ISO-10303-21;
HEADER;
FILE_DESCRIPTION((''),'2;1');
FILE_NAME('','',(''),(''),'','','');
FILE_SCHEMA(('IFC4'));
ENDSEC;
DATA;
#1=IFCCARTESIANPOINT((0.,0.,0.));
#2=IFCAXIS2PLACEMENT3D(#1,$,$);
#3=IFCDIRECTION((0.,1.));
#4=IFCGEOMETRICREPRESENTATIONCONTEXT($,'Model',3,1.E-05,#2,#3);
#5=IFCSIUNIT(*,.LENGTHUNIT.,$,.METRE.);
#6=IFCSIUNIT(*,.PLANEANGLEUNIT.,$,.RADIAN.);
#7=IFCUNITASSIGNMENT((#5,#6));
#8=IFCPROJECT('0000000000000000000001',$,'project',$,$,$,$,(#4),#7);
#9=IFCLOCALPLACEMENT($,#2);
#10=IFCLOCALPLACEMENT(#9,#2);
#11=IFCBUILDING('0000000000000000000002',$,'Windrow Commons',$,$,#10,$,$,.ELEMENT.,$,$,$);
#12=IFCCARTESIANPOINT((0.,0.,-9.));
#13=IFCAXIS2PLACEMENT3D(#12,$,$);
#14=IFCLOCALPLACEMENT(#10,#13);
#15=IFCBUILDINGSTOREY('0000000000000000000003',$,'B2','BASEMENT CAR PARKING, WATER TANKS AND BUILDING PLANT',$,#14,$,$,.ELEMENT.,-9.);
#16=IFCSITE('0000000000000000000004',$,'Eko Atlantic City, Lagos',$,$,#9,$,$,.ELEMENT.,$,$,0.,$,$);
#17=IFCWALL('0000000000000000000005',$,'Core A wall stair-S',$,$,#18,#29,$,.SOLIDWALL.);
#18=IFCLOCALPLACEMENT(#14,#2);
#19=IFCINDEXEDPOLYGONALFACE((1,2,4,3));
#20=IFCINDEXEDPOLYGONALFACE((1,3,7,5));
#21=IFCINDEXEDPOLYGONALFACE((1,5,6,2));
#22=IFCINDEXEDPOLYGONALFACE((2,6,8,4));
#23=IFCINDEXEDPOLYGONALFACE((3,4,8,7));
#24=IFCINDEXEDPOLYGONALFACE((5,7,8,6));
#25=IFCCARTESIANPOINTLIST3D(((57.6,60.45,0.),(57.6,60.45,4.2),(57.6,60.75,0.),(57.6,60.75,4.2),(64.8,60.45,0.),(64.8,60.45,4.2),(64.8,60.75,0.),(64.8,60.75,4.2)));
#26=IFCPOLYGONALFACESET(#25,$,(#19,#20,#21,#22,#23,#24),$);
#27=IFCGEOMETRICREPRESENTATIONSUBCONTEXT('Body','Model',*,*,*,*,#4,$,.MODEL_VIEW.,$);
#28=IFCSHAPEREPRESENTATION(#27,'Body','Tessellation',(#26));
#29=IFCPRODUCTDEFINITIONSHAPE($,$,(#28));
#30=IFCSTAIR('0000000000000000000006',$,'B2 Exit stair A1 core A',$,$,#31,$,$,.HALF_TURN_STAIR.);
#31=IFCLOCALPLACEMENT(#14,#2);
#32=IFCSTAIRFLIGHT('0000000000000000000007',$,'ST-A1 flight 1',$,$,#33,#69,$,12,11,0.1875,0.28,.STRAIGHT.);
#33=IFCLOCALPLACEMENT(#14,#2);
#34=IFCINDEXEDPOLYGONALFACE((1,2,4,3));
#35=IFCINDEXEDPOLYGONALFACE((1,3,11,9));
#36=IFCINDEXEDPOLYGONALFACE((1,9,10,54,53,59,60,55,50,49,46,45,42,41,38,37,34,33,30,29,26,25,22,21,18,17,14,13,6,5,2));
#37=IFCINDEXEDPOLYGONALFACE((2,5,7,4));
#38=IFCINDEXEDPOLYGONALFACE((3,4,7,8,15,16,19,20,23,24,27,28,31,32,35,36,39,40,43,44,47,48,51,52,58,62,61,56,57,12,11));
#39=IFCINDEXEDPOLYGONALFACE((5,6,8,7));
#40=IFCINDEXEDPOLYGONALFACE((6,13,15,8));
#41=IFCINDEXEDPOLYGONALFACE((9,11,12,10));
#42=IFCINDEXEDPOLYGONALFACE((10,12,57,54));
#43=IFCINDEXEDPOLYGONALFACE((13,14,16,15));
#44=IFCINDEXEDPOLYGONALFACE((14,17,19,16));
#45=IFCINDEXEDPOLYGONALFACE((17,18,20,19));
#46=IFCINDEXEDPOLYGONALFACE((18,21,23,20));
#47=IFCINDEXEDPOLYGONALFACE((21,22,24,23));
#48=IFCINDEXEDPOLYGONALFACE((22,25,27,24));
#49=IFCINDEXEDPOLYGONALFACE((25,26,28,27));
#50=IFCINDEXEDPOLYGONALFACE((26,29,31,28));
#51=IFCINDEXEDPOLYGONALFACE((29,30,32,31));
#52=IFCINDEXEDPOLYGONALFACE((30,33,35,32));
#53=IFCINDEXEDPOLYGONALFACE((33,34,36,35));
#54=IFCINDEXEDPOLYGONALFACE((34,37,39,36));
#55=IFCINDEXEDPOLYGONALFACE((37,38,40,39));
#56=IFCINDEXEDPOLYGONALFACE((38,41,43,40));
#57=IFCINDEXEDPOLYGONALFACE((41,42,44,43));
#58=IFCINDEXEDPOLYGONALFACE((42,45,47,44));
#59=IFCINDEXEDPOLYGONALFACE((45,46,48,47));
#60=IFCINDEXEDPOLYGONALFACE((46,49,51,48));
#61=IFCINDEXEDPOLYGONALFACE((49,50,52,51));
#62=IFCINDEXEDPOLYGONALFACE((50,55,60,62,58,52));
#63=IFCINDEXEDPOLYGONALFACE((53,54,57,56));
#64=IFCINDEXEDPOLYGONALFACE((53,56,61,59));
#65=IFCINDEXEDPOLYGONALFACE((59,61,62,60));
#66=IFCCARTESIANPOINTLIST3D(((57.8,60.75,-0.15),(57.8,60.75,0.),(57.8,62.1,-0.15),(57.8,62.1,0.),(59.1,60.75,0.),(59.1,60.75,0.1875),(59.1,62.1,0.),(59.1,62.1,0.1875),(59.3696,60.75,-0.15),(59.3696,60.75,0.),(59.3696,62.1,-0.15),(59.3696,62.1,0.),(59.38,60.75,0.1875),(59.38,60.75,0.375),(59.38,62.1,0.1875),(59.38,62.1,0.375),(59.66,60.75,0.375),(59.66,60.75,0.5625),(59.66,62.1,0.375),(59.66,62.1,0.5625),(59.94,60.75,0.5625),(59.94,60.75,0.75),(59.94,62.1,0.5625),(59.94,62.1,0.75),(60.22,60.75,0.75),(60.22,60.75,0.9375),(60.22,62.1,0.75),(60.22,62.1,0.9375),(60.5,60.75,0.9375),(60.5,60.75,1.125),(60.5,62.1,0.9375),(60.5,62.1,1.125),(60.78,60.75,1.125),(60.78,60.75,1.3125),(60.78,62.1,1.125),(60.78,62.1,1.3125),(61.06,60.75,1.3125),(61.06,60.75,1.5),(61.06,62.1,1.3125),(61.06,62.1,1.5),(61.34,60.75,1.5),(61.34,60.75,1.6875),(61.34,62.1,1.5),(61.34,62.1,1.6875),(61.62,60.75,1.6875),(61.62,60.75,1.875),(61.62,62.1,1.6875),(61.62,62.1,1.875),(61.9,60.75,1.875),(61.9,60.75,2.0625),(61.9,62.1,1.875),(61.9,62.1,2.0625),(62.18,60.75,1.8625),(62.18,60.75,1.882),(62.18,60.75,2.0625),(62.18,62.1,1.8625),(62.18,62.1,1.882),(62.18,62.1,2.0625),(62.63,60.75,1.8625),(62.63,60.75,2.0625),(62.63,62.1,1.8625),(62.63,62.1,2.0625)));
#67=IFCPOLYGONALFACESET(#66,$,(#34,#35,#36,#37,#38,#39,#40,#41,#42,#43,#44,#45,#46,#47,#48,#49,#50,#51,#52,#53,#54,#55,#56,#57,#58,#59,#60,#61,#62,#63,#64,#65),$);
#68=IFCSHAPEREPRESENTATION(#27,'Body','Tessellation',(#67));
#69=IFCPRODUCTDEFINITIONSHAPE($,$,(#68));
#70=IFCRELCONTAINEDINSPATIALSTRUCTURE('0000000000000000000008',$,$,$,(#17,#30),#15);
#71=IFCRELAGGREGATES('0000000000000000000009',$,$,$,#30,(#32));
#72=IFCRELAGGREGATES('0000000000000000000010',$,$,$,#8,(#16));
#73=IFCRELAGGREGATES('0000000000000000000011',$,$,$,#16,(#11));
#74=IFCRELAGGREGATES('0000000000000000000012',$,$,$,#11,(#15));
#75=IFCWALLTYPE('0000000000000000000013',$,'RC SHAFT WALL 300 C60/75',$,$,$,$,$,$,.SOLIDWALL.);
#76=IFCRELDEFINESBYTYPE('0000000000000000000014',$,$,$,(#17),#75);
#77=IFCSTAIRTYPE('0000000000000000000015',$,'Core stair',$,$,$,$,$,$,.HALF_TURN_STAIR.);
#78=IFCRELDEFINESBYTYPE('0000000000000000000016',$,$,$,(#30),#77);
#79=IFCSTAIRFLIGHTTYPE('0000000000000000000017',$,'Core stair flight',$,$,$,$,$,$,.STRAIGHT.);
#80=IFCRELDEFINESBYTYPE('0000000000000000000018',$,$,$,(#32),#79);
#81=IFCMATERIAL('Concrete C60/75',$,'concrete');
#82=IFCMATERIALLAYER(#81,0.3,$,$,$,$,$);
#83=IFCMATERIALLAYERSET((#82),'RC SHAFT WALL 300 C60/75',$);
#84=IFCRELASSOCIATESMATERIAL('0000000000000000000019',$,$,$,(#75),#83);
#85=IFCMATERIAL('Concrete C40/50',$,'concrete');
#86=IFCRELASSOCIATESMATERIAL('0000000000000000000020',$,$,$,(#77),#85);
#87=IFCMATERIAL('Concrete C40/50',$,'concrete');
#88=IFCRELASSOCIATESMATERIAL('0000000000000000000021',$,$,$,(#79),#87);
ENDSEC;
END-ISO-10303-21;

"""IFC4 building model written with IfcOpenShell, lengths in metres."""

from ifc_helpers import new_model, si_unit, direction, frame, frame_2d, origin, place, context, subcontext, project, spatial, polyline, rectangle, outline, extrude, material, layer, layer_set, type_object, element, aggregate, save


model = new_model("IFC4")

# Units and contexts
model_context = context("Model", 3, precision=1e-05, world=origin(), true_north=direction((0.0, 1.0)))
body_context = subcontext(model_context, "Body", "Model", "MODEL_VIEW")
ifc_project = project(units=[si_unit("LENGTHUNIT", "METRE"), si_unit("PLANEANGLEUNIT", "RADIAN")], contexts=[model_context])

# Site, building, storey
site_placement = place(None, origin())
site = spatial("IfcSite", under=ifc_project, at=site_placement, Name="Eko Atlantic City, Lagos", CompositionType="ELEMENT", RefElevation=0.0)
building_placement = place(site_placement, origin())
building = spatial("IfcBuilding", under=site, at=building_placement, Name="Windrow Commons", CompositionType="ELEMENT")
storey_placement = place(building_placement, frame((0.0, 0.0, -9.0)))
storey = spatial("IfcBuildingStorey", under=building, at=storey_placement, Name="B2", Description="BASEMENT CAR PARKING, WATER TANKS AND BUILDING PLANT", CompositionType="ELEMENT", Elevation=-9.0)

# Wall
ifc_material_1 = material(Name="Concrete C60/75", Category="concrete")
ifc_layer_1 = layer(ifc_material_1, 0.3)
ifc_layer_set_1 = layer_set([ifc_layer_1], Name="RC SHAFT WALL 300 C60/75")
wall_type_1 = type_object("IfcWallType", Name="RC SHAFT WALL 300 C60/75", PredefinedType="SOLIDWALL", material=ifc_layer_set_1)
wall_1_placement = place(storey_placement, frame((57.6, 60.6, 0.0), z_axis=(0.0, 0.0, 1.0), x_axis=(1.0, 0.0, 0.0)))
element("IfcWall", 1, at=wall_1_placement, inside=storey, type_object=wall_type_1, Name="Core A wall stair-S", PredefinedType="SOLIDWALL", context=body_context, shape_type="SweptSolid", body=[
    extrude(rectangle(XDim=7.2, YDim=0.3, at=frame_2d((3.6, 0.0))), origin(), (0.0, 0.0, 1.0), 4.2),
])

# Stair, stair flight
ifc_material_2 = material(Name="Concrete C40/50", Category="concrete")
stair_type = type_object("IfcStairType", Name="Core stair", PredefinedType="HALF_TURN_STAIR", material=ifc_material_2)
stair_placement = place(storey_placement, origin())
stair = element("IfcStair", 2, at=stair_placement, inside=storey, type_object=stair_type, Name="B2 Exit stair A1 core A", PredefinedType="HALF_TURN_STAIR")
ifc_material_3 = material(Name="Concrete C40/50", Category="concrete")
stair_flight_type = type_object("IfcStairFlightType", Name="Core stair flight", PredefinedType="STRAIGHT", material=ifc_material_3)
stair_flight_placement = place(storey_placement, frame((59.1, 61.425, 0.0), z_axis=(0.0, 0.0, 1.0), x_axis=(1.0, 0.0, 0.0)))
stair_flight = element("IfcStairFlight", 3, at=stair_flight_placement, type_object=stair_flight_type, Name="ST-A1 flight 1", NumberOfRisers=12, NumberOfTreads=11, PredefinedType="STRAIGHT", RiserHeight=0.1875, TreadLength=0.28, context=body_context, shape_type="SweptSolid", body=[
    extrude(outline(polyline([(-1.3, -0.15), (-1.3, 0.0), (0.0, 0.0), (0.0, 0.1875), (0.28, 0.1875), (0.28, 0.375), (0.56, 0.375), (0.56, 0.5625), (0.84, 0.5625), (0.84, 0.75), (1.12, 0.75), (1.12, 0.9375), (1.4, 0.9375), (1.4, 1.125), (1.68, 1.125), (1.68, 1.3125), (1.96, 1.3125), (1.96, 1.5), (2.24, 1.5), (2.24, 1.6875), (2.52, 1.6875), (2.52, 1.875), (2.8, 1.875), (2.8, 2.0625), (3.08, 2.0625), (3.53, 2.0625), (3.53, 1.8625), (3.08, 1.8625), (3.08, 1.882), (0.2696, 0.0), (0.2696, -0.15), (-1.3, -0.15)])), frame((0.0, 0.675, 0.0), z_axis=(0.0, -1.0, 0.0), x_axis=(1.0, 0.0, 0.0)), (0.0, 0.0, 1.0), 1.35),
])
aggregate(stair, [stair_flight])

save(model, "model.ifc")
